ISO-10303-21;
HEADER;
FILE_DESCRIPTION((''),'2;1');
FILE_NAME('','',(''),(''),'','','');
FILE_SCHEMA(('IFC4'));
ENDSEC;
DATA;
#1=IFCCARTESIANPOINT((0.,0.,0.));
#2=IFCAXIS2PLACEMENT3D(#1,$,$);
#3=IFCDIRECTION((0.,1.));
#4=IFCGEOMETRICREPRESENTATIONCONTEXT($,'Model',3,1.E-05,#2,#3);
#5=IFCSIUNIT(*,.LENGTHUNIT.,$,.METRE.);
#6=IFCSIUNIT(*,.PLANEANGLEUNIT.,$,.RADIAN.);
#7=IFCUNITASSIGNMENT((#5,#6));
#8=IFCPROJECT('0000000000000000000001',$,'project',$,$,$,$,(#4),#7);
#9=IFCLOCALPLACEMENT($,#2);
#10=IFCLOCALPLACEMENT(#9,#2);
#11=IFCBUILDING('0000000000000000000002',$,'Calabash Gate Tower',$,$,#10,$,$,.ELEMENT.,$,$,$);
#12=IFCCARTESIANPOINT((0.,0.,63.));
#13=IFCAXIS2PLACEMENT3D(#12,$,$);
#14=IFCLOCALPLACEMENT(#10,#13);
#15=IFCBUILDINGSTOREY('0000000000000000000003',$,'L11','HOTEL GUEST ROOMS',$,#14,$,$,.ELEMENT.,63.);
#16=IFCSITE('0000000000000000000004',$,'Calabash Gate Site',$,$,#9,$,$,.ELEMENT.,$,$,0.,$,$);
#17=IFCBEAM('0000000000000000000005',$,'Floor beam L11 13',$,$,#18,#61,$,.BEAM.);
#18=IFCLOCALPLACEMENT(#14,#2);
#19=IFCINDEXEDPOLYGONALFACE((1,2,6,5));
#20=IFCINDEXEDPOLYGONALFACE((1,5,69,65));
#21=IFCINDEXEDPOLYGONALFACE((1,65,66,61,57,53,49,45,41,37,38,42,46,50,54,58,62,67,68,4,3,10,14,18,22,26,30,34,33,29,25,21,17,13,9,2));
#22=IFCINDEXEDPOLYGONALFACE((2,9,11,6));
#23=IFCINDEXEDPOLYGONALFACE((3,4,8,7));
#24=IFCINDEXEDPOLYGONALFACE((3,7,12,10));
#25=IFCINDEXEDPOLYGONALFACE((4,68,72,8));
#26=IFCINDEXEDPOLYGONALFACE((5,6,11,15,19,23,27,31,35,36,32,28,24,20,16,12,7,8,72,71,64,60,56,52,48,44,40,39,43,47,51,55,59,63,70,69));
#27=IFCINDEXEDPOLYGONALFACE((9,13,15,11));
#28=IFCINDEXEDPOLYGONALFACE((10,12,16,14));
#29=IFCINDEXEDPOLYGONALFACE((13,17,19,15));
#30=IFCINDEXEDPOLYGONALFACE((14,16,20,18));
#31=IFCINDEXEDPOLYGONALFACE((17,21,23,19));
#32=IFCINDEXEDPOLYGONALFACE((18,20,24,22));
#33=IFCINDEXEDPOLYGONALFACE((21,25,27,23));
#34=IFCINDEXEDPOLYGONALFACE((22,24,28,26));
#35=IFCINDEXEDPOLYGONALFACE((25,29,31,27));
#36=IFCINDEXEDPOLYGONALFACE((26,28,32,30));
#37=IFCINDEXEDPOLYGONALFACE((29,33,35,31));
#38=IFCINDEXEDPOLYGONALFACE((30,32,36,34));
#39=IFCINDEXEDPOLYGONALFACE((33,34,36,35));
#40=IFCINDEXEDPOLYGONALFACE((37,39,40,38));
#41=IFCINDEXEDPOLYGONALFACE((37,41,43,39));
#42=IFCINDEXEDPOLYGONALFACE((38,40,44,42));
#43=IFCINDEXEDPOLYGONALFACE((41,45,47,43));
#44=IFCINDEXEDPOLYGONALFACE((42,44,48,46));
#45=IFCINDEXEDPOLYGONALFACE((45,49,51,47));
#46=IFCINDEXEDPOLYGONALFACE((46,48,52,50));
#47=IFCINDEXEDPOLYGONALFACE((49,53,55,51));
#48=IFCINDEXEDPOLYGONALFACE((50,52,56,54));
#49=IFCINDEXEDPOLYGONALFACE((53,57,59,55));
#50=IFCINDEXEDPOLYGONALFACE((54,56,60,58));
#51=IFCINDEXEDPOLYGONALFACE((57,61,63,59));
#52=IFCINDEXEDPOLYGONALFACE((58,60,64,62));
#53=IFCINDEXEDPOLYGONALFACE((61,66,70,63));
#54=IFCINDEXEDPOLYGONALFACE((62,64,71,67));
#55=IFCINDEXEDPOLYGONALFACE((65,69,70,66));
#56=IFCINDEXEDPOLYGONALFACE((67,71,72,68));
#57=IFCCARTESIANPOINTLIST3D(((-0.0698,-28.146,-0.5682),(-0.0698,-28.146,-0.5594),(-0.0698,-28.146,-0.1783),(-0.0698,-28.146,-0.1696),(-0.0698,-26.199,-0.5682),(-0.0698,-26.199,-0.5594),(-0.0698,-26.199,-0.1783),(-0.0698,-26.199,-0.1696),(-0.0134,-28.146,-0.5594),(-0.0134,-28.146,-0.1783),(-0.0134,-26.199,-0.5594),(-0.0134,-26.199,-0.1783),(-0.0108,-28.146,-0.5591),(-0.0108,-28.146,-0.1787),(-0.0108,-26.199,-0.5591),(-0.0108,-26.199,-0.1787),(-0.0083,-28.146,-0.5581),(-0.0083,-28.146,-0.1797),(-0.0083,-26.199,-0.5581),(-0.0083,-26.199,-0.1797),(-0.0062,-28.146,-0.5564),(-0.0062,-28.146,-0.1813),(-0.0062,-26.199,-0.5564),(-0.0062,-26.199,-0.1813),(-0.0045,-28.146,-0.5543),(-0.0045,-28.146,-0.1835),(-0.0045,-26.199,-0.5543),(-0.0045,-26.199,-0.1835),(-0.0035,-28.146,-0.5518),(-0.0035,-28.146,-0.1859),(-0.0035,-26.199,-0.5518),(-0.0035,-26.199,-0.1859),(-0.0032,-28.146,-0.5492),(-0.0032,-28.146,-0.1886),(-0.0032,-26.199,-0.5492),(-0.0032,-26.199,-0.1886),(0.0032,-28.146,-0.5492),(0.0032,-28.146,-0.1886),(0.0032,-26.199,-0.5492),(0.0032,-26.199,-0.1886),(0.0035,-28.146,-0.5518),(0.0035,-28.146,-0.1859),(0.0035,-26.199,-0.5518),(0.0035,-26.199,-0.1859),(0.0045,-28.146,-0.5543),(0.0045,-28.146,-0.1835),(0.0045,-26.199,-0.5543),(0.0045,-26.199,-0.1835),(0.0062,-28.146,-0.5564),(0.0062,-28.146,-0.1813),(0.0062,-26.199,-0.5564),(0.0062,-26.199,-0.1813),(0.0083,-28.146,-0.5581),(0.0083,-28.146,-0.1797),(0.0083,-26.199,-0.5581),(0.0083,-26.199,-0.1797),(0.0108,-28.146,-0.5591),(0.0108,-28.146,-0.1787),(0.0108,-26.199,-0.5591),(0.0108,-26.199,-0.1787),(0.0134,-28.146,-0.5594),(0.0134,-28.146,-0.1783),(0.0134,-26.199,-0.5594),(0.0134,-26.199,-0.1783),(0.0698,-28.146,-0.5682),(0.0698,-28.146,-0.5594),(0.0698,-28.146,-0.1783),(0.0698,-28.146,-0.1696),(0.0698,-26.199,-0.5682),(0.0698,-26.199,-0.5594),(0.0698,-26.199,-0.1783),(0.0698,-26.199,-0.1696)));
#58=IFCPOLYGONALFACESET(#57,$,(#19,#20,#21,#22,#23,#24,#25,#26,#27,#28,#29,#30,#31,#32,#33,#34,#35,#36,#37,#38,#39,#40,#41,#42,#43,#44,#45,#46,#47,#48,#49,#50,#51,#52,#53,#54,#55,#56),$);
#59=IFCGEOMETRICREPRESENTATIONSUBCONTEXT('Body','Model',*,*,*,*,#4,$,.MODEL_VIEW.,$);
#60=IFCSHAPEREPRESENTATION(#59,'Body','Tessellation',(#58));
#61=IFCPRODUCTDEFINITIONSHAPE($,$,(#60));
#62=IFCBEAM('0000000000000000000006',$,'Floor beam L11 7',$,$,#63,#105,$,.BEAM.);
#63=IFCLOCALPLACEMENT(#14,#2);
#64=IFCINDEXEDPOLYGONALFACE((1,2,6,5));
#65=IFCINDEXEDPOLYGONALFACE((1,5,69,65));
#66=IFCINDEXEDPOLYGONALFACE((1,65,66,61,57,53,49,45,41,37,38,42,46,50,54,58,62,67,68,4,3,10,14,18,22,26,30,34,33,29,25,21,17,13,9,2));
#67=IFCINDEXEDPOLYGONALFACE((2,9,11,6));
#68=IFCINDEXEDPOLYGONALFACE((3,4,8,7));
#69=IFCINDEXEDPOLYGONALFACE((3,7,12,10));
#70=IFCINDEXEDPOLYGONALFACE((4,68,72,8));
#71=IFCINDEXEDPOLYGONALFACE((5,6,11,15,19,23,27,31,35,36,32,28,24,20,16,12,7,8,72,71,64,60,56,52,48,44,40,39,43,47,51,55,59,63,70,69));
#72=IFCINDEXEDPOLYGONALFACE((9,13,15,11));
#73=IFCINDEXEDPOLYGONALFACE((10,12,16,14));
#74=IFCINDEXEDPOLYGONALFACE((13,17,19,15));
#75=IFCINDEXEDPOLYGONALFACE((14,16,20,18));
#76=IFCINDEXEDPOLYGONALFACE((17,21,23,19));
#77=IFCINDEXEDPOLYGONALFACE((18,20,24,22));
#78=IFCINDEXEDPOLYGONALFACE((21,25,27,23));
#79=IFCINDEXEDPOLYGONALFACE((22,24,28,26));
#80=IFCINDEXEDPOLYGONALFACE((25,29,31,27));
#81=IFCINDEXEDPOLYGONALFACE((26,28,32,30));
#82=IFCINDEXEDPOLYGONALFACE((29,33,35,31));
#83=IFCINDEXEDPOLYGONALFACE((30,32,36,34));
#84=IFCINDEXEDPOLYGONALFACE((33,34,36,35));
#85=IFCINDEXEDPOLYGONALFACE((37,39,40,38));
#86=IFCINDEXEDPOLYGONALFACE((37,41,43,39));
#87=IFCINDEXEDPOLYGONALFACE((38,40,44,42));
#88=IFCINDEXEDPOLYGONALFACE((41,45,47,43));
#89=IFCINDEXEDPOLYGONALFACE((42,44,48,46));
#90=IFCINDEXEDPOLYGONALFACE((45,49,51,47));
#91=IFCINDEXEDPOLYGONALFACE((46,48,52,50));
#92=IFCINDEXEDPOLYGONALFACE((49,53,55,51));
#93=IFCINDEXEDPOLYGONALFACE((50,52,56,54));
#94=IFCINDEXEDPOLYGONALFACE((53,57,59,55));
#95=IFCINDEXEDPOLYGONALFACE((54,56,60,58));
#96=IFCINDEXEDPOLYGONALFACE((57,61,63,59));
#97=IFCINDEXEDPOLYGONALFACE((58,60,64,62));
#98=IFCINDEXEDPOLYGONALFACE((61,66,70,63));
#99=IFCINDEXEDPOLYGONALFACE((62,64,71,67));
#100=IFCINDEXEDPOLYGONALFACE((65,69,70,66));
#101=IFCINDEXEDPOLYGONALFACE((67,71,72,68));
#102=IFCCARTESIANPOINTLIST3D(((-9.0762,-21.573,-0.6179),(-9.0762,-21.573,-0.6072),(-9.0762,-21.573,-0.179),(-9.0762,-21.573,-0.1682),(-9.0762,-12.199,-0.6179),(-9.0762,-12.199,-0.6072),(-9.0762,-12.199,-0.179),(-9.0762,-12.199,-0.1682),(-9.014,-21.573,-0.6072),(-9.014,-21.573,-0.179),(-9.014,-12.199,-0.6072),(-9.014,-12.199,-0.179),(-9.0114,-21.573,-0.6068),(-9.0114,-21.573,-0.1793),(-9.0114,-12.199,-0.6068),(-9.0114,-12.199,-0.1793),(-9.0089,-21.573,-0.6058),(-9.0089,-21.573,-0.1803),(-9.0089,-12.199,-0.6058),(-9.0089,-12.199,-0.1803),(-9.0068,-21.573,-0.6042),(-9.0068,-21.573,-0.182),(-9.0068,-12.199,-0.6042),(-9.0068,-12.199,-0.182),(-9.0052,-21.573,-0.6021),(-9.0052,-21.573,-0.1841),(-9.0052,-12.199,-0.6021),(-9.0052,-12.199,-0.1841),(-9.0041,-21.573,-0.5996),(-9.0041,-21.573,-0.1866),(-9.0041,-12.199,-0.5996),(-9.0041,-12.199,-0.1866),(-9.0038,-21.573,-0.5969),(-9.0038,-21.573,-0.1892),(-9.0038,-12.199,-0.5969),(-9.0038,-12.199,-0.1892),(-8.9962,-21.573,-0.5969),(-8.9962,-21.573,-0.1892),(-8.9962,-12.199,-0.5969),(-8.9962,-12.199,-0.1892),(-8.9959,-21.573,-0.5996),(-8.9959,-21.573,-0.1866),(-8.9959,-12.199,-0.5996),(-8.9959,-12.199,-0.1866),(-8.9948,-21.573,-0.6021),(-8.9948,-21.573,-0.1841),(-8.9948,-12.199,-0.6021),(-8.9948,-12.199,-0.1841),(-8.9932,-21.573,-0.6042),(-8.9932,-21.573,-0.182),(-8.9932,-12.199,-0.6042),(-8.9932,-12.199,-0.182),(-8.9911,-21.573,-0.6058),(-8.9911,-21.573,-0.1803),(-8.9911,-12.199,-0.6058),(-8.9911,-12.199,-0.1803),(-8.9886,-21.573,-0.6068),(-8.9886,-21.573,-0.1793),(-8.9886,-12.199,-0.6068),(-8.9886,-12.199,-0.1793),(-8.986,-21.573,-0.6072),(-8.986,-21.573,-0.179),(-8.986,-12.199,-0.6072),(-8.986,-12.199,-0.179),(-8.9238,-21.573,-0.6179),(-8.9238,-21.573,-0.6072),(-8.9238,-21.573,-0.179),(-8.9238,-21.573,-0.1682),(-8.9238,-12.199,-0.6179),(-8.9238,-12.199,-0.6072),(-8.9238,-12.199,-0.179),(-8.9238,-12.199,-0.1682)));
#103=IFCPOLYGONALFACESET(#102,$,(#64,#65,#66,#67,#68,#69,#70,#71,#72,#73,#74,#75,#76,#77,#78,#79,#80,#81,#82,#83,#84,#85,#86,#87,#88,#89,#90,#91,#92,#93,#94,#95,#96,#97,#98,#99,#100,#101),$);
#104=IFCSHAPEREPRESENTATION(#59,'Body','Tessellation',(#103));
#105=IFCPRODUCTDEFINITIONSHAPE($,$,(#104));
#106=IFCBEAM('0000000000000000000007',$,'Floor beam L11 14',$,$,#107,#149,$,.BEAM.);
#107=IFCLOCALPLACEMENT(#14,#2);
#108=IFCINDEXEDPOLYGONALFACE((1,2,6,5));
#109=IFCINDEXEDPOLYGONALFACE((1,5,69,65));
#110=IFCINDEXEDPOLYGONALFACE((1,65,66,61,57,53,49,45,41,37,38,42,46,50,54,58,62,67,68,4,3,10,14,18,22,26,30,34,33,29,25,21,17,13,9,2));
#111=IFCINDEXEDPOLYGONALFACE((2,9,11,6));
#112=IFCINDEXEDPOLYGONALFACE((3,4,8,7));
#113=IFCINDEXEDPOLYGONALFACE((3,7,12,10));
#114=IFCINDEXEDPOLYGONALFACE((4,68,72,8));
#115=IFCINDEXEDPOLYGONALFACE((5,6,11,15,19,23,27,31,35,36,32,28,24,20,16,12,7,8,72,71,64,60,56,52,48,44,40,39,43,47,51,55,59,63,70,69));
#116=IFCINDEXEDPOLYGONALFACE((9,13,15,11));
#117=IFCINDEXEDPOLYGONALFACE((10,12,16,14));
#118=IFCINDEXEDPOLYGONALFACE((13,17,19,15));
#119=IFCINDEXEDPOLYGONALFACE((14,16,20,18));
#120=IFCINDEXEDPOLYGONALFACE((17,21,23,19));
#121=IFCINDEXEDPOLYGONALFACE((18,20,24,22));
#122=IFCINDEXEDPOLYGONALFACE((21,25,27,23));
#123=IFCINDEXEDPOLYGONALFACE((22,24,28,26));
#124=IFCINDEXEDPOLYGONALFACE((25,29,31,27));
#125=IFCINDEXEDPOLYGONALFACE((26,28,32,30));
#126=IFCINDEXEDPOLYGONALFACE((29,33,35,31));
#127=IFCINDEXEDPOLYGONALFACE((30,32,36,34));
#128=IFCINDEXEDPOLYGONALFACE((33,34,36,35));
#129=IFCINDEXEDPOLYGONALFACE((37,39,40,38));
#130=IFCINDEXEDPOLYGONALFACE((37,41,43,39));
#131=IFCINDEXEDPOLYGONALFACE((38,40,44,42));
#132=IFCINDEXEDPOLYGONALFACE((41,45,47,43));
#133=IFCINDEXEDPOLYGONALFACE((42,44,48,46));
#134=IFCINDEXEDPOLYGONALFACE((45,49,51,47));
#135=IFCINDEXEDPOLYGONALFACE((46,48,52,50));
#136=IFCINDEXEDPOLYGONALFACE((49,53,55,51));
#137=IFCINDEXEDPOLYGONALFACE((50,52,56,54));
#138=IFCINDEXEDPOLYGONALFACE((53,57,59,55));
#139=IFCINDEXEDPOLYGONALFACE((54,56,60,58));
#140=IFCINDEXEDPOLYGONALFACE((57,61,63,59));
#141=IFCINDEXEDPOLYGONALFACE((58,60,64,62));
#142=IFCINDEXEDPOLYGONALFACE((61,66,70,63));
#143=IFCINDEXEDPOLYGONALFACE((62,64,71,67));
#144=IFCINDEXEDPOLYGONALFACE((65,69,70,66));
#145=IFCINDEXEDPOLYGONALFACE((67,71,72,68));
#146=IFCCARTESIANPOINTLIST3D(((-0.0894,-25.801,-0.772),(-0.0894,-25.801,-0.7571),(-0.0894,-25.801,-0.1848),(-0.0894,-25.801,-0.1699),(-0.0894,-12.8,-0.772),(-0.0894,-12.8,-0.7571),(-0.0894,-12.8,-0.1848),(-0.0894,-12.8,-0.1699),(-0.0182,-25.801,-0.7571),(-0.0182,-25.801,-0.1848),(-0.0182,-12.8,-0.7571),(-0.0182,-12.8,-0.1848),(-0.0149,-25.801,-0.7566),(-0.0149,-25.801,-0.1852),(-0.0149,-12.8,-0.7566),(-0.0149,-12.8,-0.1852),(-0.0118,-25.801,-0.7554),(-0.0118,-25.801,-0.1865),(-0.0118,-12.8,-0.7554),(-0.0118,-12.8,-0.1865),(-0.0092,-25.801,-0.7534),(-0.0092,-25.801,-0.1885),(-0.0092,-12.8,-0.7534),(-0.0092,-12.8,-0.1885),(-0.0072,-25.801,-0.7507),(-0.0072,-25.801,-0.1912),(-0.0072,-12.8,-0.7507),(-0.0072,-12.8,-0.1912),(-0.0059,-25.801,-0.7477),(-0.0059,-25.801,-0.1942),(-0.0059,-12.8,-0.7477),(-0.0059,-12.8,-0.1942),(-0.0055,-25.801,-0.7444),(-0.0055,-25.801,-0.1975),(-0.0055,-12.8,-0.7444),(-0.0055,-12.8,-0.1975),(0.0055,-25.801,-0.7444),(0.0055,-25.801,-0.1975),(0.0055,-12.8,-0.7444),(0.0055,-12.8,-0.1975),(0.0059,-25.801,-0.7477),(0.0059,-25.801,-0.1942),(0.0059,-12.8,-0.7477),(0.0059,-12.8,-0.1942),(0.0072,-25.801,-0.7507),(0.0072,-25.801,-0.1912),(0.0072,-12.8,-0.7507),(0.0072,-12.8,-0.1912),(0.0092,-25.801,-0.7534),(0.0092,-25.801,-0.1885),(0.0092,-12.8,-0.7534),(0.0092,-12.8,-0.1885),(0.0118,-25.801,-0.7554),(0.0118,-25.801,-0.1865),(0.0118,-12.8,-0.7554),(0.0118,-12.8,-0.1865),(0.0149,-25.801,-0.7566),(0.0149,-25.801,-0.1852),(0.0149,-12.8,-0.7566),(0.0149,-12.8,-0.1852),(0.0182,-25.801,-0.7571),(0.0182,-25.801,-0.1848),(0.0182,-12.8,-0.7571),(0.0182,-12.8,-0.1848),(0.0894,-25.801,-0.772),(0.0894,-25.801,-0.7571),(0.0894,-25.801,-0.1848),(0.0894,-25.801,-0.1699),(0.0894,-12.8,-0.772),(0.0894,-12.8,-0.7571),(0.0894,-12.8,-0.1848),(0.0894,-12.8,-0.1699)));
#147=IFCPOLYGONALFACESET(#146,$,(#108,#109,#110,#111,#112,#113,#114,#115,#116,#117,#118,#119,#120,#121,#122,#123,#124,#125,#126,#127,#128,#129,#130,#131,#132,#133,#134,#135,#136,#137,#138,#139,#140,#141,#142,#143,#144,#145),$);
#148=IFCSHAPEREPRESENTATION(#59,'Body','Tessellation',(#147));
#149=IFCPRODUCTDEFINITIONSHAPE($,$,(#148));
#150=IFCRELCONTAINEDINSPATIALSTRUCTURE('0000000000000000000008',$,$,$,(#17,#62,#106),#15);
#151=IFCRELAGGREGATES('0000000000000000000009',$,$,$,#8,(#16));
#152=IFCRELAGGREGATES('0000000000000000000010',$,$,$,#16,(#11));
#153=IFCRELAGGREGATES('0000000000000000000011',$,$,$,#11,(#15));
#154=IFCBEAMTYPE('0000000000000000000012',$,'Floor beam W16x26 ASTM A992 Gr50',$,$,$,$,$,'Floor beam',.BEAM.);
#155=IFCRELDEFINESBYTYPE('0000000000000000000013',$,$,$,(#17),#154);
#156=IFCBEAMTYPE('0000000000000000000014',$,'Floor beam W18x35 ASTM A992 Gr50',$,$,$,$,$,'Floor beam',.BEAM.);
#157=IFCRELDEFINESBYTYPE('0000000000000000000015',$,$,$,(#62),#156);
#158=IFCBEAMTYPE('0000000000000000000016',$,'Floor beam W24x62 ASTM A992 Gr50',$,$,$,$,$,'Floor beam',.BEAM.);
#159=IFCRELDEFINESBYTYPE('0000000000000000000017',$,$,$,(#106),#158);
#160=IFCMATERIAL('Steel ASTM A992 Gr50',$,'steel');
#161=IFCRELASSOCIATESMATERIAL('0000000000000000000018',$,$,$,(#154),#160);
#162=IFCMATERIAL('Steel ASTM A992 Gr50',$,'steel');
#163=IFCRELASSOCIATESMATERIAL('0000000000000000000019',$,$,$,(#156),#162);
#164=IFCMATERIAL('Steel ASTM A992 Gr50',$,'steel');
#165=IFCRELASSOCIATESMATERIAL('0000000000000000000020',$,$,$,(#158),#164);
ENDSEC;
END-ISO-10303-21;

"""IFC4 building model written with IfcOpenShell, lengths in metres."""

from ifc_helpers import new_model, si_unit, direction, frame, origin, origin_2d, place, context, subcontext, project, spatial, i_section, extrude, material, material_profile, profile_set, type_object, element, save


model = new_model("IFC4")

# Units and contexts
model_context = context("Model", 3, precision=1e-05, world=origin(), true_north=direction((0.0, 1.0)))
body_context = subcontext(model_context, "Body", "Model", "MODEL_VIEW")
ifc_project = project(units=[si_unit("LENGTHUNIT", "METRE"), si_unit("PLANEANGLEUNIT", "RADIAN")], contexts=[model_context])

# Site, building, storey
site_placement = place(None, origin())
site = spatial("IfcSite", under=ifc_project, at=site_placement, Name="Calabash Gate Site", CompositionType="ELEMENT", RefElevation=0.0)
building_placement = place(site_placement, origin())
building = spatial("IfcBuilding", under=site, at=building_placement, Name="Calabash Gate Tower", CompositionType="ELEMENT")
storey_placement = place(building_placement, frame((0.0, 0.0, 63.0)))
storey = spatial("IfcBuildingStorey", under=building, at=storey_placement, Name="L11", Description="HOTEL GUEST ROOMS", CompositionType="ELEMENT", Elevation=63.0)

# Beams
ifc_material_1 = material(Name="Steel ASTM A992 Gr50", Category="steel")
ifc_material_profile_1 = material_profile(ifc_material_1, i_section(OverallWidth=0.1396, OverallDepth=0.3987, WebThickness=0.0063, FlangeThickness=0.0088, FilletRadius=0.0103, at=origin_2d()))
ifc_profile_set_1 = profile_set([ifc_material_profile_1], Name="Steel ASTM A992 Gr50")
beam_type_1 = type_object("IfcBeamType", Name="Floor beam W16x26 ASTM A992 Gr50", ElementType="Floor beam", PredefinedType="BEAM", material=ifc_profile_set_1)
beam_1_placement = place(storey_placement, frame((0.0, -28.146, -0.3689), z_axis=(0.0, 1.0, 0.0), x_axis=(-1.0, 0.0, 0.0)))
element("IfcBeam", 1, at=beam_1_placement, inside=storey, type_object=beam_type_1, Name="Floor beam L11 13", PredefinedType="BEAM", context=body_context, shape_type="SweptSolid", body=[
    extrude(i_section(OverallWidth=0.1396, OverallDepth=0.3987, WebThickness=0.0063, FlangeThickness=0.0088, FilletRadius=0.0103, at=origin_2d()), origin(), (0.0, 0.0, 1.0), 1.947),
])
ifc_material_2 = material(Name="Steel ASTM A992 Gr50", Category="steel")
ifc_material_profile_2 = material_profile(ifc_material_2, i_section(OverallWidth=0.1523, OverallDepth=0.4497, WebThickness=0.0076, FlangeThickness=0.0107, FilletRadius=0.0103, at=origin_2d()))
ifc_profile_set_2 = profile_set([ifc_material_profile_2], Name="Steel ASTM A992 Gr50")
beam_type_2 = type_object("IfcBeamType", Name="Floor beam W18x35 ASTM A992 Gr50", ElementType="Floor beam", PredefinedType="BEAM", material=ifc_profile_set_2)
beam_2_placement = place(storey_placement, frame((-9.0, -21.573, -0.3931), z_axis=(0.0, 1.0, 0.0), x_axis=(-1.0, 0.0, 0.0)))
element("IfcBeam", 2, at=beam_2_placement, inside=storey, type_object=beam_type_2, Name="Floor beam L11 7", PredefinedType="BEAM", context=body_context, shape_type="SweptSolid", body=[
    extrude(i_section(OverallWidth=0.1523, OverallDepth=0.4497, WebThickness=0.0076, FlangeThickness=0.0107, FilletRadius=0.0103, at=origin_2d()), origin(), (0.0, 0.0, 1.0), 9.374),
])
ifc_material_3 = material(Name="Steel ASTM A992 Gr50", Category="steel")
ifc_material_profile_3 = material_profile(ifc_material_3, i_section(OverallWidth=0.1787, OverallDepth=0.6021, WebThickness=0.011, FlangeThickness=0.0149, FilletRadius=0.0127, at=origin_2d()))
ifc_profile_set_3 = profile_set([ifc_material_profile_3], Name="Steel ASTM A992 Gr50")
beam_type_3 = type_object("IfcBeamType", Name="Floor beam W24x62 ASTM A992 Gr50", ElementType="Floor beam", PredefinedType="BEAM", material=ifc_profile_set_3)
beam_3_placement = place(storey_placement, frame((0.0, -25.801, -0.4709), z_axis=(0.0, 1.0, 0.0), x_axis=(-1.0, 0.0, 0.0)))
element("IfcBeam", 3, at=beam_3_placement, inside=storey, type_object=beam_type_3, Name="Floor beam L11 14", PredefinedType="BEAM", context=body_context, shape_type="SweptSolid", body=[
    extrude(i_section(OverallWidth=0.1787, OverallDepth=0.6021, WebThickness=0.011, FlangeThickness=0.0149, FilletRadius=0.0127, at=origin_2d()), origin(), (0.0, 0.0, 1.0), 13.001),
])

save(model, "model.ifc")
